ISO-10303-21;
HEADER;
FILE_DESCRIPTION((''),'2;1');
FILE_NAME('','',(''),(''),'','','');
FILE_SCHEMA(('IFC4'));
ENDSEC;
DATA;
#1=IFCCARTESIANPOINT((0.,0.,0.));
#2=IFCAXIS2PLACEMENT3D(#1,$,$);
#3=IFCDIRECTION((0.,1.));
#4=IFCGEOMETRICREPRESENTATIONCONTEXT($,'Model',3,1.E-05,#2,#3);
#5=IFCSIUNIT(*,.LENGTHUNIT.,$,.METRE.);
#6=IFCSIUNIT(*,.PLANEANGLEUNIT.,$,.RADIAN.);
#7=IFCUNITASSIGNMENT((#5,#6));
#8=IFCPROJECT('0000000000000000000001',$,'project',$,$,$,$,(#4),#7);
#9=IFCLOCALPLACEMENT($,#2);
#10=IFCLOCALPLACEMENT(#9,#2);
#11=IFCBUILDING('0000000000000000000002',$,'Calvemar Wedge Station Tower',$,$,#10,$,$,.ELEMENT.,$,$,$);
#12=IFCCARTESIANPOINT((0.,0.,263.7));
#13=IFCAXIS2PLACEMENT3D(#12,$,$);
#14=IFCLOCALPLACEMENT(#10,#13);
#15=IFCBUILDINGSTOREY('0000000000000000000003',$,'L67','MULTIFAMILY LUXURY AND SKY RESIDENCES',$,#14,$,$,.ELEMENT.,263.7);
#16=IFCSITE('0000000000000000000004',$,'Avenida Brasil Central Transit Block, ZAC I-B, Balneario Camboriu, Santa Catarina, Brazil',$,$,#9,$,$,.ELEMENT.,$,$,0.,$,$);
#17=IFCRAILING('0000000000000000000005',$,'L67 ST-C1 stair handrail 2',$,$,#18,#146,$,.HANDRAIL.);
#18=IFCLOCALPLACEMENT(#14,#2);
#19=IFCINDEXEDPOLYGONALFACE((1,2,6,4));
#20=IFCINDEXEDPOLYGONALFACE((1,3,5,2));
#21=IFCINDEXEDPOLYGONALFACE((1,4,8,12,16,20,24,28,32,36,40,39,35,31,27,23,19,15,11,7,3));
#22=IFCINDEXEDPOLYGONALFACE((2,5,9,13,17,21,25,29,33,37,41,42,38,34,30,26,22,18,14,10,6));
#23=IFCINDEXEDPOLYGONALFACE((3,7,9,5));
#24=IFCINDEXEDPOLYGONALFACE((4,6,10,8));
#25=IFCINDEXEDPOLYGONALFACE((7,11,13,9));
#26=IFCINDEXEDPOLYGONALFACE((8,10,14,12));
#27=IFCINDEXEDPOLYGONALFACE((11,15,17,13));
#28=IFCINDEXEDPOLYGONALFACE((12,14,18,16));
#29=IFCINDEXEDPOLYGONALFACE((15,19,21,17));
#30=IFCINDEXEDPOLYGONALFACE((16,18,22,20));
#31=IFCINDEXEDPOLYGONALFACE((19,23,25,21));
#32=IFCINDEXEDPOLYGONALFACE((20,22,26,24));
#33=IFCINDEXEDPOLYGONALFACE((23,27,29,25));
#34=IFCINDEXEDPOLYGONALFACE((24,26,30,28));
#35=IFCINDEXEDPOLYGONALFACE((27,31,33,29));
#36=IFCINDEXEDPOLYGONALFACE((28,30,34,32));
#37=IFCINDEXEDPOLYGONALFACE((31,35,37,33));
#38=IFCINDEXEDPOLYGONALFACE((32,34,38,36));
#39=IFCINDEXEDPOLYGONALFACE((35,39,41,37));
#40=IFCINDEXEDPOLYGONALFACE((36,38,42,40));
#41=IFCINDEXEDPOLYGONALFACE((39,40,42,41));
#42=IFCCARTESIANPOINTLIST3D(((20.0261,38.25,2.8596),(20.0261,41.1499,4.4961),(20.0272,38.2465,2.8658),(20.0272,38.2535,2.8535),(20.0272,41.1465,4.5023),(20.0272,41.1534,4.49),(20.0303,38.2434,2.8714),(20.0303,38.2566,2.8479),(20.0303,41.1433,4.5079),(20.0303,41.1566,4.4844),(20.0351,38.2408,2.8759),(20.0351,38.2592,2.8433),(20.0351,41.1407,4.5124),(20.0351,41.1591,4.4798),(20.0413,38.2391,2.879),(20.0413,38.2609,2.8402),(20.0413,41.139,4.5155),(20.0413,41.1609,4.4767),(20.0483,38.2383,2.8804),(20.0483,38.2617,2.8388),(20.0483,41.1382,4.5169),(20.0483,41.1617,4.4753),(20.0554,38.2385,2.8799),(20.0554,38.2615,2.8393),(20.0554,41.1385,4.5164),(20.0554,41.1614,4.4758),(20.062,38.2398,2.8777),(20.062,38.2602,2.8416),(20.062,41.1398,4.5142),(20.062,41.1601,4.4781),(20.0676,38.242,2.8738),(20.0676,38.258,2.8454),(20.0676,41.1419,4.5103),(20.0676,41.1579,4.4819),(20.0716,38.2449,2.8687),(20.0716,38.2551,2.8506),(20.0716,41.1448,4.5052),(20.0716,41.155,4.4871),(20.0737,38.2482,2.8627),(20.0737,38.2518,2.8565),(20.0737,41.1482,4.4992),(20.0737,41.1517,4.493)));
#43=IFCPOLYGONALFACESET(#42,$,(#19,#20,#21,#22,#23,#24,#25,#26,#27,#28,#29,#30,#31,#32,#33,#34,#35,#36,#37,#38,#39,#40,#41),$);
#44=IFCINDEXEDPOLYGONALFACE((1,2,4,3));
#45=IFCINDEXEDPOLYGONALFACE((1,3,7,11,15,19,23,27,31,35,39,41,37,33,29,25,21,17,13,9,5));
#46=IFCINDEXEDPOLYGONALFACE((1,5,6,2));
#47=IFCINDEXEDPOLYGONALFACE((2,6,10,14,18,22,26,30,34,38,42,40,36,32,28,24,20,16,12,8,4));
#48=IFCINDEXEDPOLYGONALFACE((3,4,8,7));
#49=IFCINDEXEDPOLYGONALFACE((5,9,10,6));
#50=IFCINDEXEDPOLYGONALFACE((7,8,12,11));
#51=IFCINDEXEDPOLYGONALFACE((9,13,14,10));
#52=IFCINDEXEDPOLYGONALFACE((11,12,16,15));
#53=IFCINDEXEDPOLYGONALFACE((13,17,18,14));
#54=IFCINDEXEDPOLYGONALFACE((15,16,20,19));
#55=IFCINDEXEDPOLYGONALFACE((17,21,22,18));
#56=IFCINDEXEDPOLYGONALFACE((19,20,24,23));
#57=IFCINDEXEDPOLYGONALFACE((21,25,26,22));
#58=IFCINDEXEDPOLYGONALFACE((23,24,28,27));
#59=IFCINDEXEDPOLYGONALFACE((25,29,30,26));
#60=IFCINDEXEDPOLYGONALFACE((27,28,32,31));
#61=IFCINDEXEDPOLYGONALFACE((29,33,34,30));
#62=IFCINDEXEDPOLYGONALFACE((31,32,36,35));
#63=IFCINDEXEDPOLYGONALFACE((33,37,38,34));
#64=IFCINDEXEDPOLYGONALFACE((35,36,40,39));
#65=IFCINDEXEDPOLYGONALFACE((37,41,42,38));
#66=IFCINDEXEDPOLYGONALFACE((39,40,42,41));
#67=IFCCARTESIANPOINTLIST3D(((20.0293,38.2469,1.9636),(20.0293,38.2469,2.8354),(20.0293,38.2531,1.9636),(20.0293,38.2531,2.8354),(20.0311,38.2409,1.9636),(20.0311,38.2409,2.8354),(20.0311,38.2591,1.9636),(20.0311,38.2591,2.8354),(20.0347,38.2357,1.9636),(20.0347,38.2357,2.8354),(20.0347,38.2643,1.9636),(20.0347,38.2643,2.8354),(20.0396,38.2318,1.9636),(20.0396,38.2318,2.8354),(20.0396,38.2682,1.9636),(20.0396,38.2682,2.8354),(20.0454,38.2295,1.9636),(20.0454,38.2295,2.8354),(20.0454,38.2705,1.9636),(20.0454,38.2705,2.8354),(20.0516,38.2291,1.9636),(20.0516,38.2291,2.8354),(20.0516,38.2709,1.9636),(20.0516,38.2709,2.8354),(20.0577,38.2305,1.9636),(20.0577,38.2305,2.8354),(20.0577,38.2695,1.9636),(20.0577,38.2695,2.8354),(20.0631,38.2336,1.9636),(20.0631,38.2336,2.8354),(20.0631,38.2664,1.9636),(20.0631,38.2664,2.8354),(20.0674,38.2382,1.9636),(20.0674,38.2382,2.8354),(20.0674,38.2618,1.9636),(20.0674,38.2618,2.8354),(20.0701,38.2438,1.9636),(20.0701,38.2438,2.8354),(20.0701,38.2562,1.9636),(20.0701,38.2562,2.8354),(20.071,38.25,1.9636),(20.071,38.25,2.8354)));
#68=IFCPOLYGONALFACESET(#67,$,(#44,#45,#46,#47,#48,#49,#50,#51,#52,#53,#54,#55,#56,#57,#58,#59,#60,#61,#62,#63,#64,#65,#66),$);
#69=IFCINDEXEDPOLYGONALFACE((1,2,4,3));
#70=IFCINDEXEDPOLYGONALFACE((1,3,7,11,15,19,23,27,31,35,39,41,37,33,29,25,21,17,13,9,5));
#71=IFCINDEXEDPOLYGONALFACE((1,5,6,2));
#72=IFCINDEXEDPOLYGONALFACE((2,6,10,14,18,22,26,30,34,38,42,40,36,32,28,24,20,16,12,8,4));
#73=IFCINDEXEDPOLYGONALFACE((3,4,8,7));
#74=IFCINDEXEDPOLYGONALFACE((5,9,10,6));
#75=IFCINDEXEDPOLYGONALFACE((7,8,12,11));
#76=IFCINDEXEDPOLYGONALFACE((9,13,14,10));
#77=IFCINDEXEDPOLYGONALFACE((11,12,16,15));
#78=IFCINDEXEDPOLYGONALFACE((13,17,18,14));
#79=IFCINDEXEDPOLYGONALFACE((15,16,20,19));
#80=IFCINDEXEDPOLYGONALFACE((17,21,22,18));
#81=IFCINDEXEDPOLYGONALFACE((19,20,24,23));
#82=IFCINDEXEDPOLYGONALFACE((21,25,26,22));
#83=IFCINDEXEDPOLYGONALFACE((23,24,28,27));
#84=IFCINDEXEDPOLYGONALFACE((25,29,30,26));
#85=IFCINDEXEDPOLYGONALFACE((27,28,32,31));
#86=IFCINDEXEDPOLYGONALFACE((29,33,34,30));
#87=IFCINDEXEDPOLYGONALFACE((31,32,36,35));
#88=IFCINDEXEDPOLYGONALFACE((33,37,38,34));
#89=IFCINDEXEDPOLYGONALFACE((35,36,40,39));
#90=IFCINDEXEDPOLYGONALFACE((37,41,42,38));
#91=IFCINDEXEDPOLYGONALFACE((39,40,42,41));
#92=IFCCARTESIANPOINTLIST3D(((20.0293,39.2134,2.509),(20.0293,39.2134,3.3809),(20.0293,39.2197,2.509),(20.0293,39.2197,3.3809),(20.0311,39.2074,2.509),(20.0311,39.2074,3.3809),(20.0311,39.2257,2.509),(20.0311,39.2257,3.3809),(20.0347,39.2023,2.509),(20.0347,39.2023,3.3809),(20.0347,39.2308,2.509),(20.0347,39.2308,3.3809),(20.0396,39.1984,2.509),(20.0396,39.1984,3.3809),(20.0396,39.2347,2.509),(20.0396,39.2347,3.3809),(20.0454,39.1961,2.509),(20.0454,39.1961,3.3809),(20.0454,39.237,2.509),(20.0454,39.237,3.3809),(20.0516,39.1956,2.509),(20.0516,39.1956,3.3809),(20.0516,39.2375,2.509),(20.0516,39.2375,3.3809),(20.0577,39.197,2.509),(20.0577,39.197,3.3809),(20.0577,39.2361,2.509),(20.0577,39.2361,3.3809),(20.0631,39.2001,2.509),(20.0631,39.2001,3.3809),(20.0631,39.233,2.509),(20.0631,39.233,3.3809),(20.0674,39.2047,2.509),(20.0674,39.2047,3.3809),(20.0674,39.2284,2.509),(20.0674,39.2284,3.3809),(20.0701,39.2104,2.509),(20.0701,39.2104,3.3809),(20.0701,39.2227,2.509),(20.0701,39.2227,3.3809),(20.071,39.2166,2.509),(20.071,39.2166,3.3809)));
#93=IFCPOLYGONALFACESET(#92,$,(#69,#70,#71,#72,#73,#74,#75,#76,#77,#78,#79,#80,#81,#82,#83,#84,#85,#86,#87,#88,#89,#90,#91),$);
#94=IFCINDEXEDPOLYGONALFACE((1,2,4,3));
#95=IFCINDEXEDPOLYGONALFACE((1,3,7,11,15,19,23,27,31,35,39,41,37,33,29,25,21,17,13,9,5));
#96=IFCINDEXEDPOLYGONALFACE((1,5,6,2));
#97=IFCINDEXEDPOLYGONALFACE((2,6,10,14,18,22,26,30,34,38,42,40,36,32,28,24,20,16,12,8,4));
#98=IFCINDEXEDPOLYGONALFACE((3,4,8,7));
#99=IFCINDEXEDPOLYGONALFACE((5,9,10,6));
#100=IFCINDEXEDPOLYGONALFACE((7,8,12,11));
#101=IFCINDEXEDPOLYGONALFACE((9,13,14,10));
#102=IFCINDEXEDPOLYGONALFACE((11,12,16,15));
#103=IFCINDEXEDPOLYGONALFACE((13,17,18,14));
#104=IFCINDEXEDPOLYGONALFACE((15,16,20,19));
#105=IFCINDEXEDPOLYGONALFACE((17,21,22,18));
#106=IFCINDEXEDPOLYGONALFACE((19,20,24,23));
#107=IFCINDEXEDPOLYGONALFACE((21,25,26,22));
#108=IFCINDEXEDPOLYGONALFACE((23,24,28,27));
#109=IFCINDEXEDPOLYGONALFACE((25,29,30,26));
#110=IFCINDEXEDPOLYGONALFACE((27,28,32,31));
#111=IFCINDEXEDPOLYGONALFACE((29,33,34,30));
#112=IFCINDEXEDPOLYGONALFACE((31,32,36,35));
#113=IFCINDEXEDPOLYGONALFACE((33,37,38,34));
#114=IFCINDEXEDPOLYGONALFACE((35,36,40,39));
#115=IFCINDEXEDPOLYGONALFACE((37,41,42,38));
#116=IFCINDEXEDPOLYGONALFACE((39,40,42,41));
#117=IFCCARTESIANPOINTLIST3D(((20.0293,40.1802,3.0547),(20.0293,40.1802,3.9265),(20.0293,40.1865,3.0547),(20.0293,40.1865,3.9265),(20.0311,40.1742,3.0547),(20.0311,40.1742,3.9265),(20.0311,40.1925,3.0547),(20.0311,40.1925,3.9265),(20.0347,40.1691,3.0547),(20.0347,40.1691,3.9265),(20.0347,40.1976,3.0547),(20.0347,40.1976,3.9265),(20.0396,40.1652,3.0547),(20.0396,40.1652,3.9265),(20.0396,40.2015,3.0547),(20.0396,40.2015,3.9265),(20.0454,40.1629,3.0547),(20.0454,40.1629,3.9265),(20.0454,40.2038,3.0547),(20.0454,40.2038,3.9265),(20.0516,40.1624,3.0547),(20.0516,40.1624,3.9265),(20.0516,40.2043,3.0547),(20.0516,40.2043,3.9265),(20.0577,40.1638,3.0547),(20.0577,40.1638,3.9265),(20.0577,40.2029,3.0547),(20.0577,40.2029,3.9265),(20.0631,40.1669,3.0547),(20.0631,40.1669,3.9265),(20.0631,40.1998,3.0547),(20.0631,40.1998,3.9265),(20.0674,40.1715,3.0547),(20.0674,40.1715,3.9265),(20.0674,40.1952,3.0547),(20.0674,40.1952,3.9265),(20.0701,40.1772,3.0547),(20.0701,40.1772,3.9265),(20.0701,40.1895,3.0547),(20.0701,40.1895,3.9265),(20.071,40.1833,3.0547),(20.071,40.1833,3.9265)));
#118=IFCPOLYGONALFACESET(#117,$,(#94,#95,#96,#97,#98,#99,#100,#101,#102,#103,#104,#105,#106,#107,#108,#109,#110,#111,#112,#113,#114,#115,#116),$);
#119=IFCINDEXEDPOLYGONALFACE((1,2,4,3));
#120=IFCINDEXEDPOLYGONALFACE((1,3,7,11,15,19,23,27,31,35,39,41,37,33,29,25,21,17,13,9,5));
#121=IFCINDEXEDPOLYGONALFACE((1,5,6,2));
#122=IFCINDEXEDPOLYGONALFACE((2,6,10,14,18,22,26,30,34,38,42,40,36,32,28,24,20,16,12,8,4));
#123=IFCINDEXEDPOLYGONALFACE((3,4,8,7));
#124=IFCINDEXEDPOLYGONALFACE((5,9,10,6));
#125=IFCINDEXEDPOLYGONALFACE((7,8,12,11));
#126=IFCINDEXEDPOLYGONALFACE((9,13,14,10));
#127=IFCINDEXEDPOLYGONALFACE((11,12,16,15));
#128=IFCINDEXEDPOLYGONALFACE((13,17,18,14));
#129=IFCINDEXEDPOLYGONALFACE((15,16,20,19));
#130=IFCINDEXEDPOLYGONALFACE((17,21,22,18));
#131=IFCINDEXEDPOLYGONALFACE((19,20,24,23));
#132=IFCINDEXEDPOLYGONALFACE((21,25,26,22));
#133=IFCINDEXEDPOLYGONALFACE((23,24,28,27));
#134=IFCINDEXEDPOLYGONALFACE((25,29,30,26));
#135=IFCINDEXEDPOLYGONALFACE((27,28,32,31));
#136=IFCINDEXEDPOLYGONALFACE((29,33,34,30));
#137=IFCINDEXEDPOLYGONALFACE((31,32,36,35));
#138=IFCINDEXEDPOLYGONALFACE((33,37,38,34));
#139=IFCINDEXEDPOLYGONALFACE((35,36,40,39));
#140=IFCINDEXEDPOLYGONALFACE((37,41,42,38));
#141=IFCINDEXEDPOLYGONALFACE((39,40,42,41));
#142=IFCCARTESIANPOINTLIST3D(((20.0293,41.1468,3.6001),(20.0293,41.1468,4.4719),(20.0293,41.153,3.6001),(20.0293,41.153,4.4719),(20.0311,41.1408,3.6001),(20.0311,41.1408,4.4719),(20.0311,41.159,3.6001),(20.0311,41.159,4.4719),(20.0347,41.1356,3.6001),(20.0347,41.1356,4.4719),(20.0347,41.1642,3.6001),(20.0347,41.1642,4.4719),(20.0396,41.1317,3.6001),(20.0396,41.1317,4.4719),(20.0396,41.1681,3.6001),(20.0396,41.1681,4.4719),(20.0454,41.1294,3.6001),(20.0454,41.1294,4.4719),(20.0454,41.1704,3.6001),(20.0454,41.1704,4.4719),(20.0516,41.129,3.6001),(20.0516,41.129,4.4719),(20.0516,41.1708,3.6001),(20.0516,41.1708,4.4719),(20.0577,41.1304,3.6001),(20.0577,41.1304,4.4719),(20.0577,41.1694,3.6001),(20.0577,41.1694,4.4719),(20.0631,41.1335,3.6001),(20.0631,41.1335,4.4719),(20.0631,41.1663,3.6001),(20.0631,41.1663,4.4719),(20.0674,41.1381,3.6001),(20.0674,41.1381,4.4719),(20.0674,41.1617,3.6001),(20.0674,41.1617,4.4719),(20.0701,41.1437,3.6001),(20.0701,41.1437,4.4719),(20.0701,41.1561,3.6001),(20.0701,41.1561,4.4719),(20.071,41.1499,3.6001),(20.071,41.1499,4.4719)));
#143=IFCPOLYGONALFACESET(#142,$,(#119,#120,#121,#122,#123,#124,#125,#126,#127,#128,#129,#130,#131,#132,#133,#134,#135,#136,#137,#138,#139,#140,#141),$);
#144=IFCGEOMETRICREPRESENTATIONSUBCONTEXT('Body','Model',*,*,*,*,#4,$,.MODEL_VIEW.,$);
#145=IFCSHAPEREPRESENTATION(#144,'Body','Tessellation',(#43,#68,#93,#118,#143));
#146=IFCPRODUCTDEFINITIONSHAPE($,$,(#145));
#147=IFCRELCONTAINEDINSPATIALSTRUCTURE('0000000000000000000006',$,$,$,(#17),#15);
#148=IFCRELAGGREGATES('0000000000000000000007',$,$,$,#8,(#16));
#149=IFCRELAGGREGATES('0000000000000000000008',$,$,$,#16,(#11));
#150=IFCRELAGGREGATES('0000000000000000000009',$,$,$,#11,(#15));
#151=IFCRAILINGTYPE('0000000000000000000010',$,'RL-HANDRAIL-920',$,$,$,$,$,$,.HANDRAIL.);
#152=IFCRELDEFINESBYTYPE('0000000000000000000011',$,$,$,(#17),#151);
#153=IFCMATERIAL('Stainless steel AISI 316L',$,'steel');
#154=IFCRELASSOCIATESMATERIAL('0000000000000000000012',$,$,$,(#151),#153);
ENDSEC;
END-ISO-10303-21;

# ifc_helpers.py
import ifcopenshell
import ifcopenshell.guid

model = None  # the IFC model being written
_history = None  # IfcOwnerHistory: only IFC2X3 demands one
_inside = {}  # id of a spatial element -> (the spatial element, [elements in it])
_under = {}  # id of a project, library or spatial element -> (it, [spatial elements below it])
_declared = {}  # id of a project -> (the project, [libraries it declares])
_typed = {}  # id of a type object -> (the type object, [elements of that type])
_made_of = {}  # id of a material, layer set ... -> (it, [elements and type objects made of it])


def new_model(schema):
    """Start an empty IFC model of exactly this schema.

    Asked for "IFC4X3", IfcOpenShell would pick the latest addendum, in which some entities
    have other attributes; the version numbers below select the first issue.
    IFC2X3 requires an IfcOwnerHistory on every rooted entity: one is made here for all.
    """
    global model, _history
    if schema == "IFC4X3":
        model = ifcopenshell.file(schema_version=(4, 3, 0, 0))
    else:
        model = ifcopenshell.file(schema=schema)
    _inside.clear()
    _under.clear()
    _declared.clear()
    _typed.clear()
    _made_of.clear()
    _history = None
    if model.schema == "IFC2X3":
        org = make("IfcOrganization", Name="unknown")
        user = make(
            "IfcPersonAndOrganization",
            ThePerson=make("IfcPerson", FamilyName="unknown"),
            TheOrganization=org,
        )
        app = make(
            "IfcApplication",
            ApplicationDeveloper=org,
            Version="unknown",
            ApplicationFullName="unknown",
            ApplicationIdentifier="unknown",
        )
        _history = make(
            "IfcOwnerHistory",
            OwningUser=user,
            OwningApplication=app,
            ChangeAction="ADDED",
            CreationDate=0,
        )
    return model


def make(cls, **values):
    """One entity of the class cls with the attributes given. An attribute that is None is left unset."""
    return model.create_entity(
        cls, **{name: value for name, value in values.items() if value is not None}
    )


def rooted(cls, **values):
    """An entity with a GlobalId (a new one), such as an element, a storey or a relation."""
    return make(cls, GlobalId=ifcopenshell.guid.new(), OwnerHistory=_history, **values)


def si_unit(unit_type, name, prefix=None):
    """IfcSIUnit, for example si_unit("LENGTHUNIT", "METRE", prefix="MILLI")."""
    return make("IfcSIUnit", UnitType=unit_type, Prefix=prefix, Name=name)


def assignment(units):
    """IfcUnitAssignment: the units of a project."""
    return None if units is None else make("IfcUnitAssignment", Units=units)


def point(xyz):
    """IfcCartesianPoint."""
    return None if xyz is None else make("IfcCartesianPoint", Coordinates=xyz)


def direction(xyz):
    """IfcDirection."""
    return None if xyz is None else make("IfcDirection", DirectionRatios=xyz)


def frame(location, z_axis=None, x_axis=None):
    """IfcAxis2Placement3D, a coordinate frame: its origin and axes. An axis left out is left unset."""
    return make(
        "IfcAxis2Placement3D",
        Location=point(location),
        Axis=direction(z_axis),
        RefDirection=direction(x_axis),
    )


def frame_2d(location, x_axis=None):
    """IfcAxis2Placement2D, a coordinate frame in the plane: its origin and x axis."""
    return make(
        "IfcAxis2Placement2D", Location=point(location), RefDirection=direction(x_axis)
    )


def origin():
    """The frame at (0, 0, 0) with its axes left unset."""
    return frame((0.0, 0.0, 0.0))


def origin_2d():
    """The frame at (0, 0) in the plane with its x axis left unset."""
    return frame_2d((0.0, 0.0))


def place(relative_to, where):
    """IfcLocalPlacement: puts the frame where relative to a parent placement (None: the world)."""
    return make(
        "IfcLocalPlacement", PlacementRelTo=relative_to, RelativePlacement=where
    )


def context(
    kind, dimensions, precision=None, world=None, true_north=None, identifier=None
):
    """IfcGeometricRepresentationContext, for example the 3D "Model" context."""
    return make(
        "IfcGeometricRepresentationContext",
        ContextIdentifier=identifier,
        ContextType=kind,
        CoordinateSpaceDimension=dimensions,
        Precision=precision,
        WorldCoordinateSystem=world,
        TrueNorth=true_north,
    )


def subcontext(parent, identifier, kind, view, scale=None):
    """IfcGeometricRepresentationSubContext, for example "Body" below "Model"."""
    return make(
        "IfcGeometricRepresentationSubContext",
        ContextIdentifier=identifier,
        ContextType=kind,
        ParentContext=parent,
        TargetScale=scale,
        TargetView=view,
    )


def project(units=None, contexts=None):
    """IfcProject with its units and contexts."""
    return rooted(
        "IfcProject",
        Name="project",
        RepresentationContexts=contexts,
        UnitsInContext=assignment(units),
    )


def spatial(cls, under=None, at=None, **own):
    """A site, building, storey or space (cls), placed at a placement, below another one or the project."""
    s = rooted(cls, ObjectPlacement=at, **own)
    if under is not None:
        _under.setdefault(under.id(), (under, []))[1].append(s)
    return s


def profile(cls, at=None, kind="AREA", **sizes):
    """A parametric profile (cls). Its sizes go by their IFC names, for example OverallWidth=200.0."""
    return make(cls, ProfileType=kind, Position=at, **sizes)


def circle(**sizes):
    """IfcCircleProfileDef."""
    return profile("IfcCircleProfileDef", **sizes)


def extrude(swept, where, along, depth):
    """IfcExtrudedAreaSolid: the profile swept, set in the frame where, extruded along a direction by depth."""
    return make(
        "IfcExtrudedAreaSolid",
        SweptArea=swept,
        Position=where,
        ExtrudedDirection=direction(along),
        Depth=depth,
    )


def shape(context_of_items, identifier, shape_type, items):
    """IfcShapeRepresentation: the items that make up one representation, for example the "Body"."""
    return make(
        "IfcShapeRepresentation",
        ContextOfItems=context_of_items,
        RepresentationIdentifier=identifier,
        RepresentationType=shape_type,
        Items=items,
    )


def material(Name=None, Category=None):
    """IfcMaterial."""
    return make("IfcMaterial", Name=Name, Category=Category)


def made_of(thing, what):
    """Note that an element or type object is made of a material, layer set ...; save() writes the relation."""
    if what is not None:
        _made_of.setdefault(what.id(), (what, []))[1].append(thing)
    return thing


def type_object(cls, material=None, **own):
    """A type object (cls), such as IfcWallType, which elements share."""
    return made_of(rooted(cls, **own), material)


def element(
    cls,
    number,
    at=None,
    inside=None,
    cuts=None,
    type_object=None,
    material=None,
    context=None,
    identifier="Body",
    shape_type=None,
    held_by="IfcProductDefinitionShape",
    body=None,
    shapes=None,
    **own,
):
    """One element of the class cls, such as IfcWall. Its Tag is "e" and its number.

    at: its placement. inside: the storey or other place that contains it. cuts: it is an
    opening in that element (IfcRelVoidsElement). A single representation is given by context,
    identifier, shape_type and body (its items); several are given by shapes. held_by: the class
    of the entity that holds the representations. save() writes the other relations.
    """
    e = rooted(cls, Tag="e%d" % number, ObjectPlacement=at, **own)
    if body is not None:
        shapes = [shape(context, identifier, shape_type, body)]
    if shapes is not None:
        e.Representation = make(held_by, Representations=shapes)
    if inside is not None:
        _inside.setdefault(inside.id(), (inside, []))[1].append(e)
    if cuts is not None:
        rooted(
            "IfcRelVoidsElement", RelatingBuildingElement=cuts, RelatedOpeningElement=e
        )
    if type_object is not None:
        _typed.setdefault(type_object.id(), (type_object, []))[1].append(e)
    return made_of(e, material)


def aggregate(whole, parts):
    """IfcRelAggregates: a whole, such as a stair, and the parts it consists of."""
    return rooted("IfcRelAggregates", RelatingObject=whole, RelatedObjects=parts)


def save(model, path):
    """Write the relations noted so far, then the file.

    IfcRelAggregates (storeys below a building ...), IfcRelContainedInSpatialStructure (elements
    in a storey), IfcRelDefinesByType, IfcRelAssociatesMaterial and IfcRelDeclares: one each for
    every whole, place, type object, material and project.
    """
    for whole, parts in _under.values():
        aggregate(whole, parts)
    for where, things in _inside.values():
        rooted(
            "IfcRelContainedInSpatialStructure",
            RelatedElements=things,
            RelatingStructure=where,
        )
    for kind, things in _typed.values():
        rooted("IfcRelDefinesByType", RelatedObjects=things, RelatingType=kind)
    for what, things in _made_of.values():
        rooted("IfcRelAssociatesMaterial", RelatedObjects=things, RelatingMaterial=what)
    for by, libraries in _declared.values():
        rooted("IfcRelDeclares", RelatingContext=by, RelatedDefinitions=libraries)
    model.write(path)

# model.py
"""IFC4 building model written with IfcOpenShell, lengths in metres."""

from ifc_helpers import new_model, si_unit, direction, frame, origin, origin_2d, place, context, subcontext, project, spatial, circle, extrude, material, type_object, element, save


model = new_model("IFC4")

# Units and contexts
model_context = context("Model", 3, precision=1e-05, world=origin(), true_north=direction((0.0, 1.0)))
body_context = subcontext(model_context, "Body", "Model", "MODEL_VIEW")
ifc_project = project(units=[si_unit("LENGTHUNIT", "METRE"), si_unit("PLANEANGLEUNIT", "RADIAN")], contexts=[model_context])

# Site, building, storey
site_placement = place(None, origin())
site = spatial("IfcSite", under=ifc_project, at=site_placement, Name="Avenida Brasil Central Transit Block, ZAC I-B, Balneario Camboriu, Santa Catarina, Brazil", CompositionType="ELEMENT", RefElevation=0.0)
building_placement = place(site_placement, origin())
building = spatial("IfcBuilding", under=site, at=building_placement, Name="Calvemar Wedge Station Tower", CompositionType="ELEMENT")
storey_placement = place(building_placement, frame((0.0, 0.0, 263.7)))
storey = spatial("IfcBuildingStorey", under=building, at=storey_placement, Name="L67", Description="MULTIFAMILY LUXURY AND SKY RESIDENCES", CompositionType="ELEMENT", Elevation=263.7)

# Railing
ifc_material_1 = material(Name="Stainless steel AISI 316L", Category="steel")
railing_type_1 = type_object("IfcRailingType", Name="RL-HANDRAIL-920", PredefinedType="HANDRAIL", material=ifc_material_1)
railing_1_placement = place(storey_placement, frame((20.05, 38.25, 1.9636)))
element("IfcRailing", 1, at=railing_1_placement, inside=storey, type_object=railing_type_1, Name="L67 ST-C1 stair handrail 2", PredefinedType="HANDRAIL", context=body_context, shape_type="SweptSolid", body=[
    extrude(circle(Radius=0.0239, at=origin_2d()), frame((0.0, 0.0, 0.896), z_axis=(0.0, 0.870897, 0.491465), x_axis=(-1.0, 0.0, 0.0)), (0.0, 0.0, 1.0), 3.3298),
    extrude(circle(Radius=0.021, at=origin_2d()), origin(), (0.0, 0.0, 1.0), 0.8718),
    extrude(circle(Radius=0.021, at=origin_2d()), frame((0.0, 0.9666, 0.5454)), (0.0, 0.0, 1.0), 0.8718),
    extrude(circle(Radius=0.021, at=origin_2d()), frame((0.0, 1.9333, 1.0911)), (0.0, 0.0, 1.0), 0.8718),
    extrude(circle(Radius=0.021, at=origin_2d()), frame((0.0, 2.8999, 1.6365)), (0.0, 0.0, 1.0), 0.8718),
])

save(model, "model.ifc")
